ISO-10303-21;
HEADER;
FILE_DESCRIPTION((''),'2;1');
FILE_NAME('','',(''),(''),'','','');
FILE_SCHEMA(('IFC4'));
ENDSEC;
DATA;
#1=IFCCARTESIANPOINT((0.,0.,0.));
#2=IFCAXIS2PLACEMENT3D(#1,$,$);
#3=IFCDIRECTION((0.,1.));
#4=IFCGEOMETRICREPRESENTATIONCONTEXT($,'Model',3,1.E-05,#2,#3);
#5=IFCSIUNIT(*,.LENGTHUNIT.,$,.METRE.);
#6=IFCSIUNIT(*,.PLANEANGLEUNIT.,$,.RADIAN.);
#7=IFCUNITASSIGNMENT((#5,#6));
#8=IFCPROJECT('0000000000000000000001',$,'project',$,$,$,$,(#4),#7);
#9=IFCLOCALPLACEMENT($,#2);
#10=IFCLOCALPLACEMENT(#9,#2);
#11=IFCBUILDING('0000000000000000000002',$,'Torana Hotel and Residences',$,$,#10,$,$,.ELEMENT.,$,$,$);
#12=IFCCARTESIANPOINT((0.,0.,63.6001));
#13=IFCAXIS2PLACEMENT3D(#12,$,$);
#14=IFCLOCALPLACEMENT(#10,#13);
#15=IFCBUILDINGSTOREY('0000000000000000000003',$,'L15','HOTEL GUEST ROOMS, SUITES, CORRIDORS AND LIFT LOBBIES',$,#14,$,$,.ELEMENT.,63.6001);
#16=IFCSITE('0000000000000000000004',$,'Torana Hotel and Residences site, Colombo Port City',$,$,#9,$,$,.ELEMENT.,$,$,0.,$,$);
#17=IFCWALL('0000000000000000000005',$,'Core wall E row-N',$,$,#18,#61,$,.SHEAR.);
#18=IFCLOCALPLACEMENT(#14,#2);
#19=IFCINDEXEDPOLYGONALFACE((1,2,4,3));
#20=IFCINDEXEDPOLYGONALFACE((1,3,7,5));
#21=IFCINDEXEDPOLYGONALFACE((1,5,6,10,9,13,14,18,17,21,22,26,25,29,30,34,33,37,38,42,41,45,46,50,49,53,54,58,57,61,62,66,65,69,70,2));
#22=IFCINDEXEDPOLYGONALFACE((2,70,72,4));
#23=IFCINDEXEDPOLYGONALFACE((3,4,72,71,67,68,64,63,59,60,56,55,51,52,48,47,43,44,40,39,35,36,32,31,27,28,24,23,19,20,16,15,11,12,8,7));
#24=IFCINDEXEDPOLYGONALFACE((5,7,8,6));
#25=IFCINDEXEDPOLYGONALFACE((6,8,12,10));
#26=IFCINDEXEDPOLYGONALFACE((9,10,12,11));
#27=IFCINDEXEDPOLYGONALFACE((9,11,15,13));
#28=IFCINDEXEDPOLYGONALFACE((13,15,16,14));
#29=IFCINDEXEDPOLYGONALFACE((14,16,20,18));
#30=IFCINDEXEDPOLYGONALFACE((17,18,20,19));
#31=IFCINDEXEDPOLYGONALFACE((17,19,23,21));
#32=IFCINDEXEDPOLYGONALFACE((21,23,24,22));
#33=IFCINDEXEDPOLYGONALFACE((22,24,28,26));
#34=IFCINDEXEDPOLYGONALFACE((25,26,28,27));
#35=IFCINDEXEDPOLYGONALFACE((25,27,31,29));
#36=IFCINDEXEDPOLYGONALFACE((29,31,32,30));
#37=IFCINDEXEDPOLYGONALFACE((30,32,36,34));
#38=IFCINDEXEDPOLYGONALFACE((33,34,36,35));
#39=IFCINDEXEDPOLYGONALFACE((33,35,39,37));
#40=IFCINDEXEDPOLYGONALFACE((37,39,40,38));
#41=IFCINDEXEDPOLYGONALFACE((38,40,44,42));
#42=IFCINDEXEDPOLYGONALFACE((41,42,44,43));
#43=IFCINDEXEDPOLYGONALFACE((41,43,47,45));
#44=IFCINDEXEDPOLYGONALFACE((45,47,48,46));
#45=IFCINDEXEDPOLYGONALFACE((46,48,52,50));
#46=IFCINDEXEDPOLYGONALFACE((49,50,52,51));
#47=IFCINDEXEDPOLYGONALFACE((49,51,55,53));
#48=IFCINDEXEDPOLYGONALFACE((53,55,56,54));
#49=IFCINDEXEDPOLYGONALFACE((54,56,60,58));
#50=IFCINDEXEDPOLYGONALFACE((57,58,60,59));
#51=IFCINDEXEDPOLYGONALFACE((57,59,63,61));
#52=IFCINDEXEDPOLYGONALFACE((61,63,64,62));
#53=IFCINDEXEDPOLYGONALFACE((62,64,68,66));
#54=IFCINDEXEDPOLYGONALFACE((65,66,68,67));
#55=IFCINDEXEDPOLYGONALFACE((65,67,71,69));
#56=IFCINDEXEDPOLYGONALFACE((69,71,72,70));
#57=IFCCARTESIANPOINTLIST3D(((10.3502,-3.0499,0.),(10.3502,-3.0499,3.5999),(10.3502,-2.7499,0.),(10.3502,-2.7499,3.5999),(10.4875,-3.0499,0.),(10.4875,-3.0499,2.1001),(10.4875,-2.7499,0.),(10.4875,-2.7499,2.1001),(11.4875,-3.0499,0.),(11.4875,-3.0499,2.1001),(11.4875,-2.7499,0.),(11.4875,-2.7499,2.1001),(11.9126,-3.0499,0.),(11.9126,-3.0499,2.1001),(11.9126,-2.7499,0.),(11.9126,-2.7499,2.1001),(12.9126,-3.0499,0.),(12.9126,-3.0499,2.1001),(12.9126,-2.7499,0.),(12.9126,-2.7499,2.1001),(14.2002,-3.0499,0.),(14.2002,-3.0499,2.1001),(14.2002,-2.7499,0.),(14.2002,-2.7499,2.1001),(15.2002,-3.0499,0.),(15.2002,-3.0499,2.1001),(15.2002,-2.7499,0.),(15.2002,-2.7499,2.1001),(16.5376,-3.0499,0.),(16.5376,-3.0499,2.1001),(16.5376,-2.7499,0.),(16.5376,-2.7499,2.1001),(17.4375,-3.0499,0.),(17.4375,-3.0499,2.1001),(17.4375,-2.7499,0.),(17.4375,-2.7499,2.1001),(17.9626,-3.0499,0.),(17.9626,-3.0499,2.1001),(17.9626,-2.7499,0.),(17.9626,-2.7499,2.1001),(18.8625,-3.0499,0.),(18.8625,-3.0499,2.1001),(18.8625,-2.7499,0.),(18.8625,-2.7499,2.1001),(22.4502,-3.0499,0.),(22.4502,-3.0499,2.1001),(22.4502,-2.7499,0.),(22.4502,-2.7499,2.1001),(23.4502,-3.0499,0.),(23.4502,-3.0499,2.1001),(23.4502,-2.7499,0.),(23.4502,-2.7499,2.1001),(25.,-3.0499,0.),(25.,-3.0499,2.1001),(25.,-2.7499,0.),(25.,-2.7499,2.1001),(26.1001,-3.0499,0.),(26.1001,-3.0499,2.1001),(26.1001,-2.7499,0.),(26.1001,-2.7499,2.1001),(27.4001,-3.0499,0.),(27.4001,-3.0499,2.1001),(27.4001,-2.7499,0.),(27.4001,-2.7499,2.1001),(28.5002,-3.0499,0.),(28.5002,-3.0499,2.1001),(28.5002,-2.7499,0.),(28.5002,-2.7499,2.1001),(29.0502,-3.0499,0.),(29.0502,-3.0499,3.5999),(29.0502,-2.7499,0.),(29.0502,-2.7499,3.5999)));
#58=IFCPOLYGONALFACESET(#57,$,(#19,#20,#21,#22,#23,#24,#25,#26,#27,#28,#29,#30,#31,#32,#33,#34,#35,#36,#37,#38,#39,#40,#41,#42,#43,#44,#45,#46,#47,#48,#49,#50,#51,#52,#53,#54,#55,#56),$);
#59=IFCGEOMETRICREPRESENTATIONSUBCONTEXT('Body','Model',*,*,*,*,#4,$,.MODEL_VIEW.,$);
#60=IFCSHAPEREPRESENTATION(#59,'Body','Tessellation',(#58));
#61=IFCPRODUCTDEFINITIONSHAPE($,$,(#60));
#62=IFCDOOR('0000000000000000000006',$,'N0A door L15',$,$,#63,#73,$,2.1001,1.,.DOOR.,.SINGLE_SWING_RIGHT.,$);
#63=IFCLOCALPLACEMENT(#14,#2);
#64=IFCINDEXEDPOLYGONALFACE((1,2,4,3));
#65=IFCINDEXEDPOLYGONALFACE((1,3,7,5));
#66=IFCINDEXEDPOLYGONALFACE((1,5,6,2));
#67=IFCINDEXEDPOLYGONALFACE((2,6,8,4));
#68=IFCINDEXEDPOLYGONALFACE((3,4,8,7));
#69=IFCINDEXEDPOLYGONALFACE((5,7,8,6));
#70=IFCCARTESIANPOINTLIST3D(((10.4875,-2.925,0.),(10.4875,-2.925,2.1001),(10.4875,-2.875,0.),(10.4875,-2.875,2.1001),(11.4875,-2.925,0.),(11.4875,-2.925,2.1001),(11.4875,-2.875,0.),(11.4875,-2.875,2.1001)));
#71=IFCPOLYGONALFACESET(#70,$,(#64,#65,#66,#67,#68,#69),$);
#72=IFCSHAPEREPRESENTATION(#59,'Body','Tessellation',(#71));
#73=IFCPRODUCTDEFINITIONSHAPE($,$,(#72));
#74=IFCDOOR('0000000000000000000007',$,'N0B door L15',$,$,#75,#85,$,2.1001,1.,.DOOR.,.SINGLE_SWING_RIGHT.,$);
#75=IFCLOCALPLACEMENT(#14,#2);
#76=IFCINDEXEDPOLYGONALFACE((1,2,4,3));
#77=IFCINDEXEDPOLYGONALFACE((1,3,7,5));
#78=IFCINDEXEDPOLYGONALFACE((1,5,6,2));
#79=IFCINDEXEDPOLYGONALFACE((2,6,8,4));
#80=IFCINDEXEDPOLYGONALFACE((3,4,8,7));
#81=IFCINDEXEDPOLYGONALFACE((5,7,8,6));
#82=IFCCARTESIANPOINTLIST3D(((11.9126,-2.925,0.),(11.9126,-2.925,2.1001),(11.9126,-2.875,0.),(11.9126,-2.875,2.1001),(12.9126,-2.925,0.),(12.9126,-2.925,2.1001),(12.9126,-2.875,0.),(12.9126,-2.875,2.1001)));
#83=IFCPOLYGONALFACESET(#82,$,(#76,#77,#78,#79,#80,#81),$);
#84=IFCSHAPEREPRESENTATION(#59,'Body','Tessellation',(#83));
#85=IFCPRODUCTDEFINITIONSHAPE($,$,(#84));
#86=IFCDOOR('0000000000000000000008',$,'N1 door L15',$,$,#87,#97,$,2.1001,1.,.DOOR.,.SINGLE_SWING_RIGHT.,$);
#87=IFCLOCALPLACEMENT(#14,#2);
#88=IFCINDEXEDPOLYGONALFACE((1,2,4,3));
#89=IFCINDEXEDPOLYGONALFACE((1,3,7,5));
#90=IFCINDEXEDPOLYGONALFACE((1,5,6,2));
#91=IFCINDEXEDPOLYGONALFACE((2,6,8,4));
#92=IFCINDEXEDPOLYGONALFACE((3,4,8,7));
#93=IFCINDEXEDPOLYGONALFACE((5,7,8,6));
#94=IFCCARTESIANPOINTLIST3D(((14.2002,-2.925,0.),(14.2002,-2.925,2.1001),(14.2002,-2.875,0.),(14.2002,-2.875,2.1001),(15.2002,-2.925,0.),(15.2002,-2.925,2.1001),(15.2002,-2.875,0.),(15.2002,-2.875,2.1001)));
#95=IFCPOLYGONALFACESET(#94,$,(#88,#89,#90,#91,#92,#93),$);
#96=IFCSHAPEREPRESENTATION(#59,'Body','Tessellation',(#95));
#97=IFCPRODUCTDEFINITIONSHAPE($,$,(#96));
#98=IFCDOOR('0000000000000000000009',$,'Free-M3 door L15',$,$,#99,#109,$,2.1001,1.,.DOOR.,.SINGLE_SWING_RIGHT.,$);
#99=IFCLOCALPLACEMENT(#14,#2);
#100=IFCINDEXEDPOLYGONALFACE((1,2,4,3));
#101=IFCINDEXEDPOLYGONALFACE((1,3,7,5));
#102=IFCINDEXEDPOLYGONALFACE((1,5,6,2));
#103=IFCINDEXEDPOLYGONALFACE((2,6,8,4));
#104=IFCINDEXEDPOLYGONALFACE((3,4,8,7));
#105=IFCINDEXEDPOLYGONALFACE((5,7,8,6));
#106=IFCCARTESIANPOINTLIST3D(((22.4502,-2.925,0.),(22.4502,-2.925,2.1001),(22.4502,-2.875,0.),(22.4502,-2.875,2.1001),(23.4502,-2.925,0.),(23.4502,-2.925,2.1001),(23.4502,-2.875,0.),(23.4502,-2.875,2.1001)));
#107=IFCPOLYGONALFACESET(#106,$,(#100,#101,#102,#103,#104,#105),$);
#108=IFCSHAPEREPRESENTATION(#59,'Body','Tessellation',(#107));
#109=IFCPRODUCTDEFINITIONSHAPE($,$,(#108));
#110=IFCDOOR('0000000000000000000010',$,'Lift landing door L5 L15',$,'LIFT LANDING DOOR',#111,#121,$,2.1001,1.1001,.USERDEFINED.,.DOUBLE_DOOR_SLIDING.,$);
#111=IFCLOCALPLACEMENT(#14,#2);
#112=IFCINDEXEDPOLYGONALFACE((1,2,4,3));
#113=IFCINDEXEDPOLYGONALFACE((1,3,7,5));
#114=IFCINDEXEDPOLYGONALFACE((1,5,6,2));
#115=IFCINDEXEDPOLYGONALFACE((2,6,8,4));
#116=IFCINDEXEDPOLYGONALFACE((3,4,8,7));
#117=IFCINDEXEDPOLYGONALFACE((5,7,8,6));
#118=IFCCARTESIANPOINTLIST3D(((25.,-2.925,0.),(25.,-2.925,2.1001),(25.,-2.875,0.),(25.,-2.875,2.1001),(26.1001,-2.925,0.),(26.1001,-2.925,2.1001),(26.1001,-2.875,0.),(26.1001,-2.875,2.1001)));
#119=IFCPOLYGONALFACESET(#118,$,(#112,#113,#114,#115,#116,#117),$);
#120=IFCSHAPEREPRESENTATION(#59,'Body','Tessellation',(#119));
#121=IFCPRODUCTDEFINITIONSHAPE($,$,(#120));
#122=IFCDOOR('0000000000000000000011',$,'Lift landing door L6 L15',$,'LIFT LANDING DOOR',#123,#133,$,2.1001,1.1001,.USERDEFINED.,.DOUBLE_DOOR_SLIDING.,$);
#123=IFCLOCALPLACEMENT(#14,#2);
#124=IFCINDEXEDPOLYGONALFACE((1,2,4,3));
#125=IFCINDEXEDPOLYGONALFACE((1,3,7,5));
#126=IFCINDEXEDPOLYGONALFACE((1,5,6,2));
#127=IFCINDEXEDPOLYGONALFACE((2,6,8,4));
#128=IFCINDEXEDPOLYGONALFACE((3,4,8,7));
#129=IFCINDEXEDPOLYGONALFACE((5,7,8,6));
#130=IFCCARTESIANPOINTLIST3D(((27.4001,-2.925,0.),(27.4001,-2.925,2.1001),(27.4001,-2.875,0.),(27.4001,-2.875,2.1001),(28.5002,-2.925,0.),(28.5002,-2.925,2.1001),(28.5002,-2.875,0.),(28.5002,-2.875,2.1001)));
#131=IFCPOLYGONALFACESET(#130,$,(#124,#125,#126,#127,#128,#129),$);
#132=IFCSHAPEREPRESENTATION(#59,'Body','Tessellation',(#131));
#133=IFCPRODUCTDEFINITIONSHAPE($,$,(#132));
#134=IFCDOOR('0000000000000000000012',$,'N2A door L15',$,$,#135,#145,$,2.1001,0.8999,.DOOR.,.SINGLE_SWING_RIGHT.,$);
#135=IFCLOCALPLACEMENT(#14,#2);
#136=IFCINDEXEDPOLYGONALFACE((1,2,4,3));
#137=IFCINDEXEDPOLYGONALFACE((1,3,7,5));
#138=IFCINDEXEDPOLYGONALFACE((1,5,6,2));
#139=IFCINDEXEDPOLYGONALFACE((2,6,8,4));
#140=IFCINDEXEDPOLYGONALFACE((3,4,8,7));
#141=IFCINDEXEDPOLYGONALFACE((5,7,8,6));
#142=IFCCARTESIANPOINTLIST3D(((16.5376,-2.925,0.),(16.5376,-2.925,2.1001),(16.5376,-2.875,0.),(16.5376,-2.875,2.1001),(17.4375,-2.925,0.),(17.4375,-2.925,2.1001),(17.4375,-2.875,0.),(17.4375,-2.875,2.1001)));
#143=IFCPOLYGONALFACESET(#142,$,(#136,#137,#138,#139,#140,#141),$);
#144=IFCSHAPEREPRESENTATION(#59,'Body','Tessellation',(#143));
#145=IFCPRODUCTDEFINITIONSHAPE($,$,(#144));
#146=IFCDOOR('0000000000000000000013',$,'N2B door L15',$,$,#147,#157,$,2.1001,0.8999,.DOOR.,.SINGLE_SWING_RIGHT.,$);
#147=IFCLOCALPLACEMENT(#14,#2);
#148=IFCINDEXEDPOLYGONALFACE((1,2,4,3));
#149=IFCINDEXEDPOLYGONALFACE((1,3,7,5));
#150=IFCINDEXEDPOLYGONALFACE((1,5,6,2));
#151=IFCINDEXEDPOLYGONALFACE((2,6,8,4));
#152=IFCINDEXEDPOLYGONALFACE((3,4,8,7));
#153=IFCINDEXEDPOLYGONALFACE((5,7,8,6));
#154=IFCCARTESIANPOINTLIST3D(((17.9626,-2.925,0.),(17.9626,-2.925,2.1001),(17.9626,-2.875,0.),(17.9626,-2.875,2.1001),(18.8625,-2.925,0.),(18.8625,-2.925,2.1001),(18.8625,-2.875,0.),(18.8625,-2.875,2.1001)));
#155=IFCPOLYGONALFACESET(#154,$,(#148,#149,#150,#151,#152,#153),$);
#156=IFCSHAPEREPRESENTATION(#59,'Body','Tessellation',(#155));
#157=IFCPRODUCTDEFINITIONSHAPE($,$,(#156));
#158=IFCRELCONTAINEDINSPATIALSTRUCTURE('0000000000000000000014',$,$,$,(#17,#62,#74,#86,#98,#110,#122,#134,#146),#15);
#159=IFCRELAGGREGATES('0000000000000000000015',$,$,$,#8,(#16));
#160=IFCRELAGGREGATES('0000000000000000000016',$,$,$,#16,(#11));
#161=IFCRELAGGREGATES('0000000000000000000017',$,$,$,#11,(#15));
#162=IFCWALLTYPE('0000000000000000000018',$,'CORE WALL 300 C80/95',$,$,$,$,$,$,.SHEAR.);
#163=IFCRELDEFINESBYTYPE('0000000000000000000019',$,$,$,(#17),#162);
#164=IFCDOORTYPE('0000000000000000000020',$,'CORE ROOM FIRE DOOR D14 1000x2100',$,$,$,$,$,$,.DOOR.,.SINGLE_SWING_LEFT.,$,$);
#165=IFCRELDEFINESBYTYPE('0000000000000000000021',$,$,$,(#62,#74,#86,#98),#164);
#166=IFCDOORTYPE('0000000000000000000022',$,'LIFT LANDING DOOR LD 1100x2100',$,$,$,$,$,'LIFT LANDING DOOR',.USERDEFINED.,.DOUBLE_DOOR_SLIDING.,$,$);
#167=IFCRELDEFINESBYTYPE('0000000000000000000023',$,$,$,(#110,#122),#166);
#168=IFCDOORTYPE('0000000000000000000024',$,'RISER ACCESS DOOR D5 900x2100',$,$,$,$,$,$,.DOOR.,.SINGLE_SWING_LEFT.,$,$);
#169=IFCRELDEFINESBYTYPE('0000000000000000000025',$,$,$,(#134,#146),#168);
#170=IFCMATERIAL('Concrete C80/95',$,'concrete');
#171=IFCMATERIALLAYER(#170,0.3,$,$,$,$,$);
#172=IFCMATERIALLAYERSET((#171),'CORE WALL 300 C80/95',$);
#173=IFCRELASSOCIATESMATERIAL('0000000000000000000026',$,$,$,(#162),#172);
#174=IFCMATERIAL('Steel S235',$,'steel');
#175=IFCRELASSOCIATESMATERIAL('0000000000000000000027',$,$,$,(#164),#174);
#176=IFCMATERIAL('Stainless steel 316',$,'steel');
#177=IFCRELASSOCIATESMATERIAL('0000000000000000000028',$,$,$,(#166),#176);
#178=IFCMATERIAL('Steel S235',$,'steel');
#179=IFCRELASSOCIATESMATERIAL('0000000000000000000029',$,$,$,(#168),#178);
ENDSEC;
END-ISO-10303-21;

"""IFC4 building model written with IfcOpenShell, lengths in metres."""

from ifc_helpers import new_model, si_unit, direction, frame, frame_2d, origin, place, context, subcontext, project, spatial, rectangle, extrude, material, layer, layer_set, type_object, element, fill, save


model = new_model("IFC4")

# Units and contexts
model_context = context("Model", 3, precision=1e-05, world=origin(), true_north=direction((0.0, 1.0)))
body_context = subcontext(model_context, "Body", "Model", "MODEL_VIEW")
ifc_project = project(units=[si_unit("LENGTHUNIT", "METRE"), si_unit("PLANEANGLEUNIT", "RADIAN")], contexts=[model_context])

# Site, building, storey
site_placement = place(None, origin())
site = spatial("IfcSite", under=ifc_project, at=site_placement, Name="Torana Hotel and Residences site, Colombo Port City", CompositionType="ELEMENT", RefElevation=0.0)
building_placement = place(site_placement, origin())
building = spatial("IfcBuilding", under=site, at=building_placement, Name="Torana Hotel and Residences", CompositionType="ELEMENT")
storey_placement = place(building_placement, frame((0.0, 0.0, 63.6001)))
storey = spatial("IfcBuildingStorey", under=building, at=storey_placement, Name="L15", Description="HOTEL GUEST ROOMS, SUITES, CORRIDORS AND LIFT LOBBIES", CompositionType="ELEMENT", Elevation=63.6001)

# Wall, openings, doors
ifc_material_1 = material(Name="Concrete C80/95", Category="concrete")
ifc_layer_1 = layer(ifc_material_1, 0.3)
ifc_layer_set_1 = layer_set([ifc_layer_1], Name="CORE WALL 300 C80/95")
wall_type_1 = type_object("IfcWallType", Name="CORE WALL 300 C80/95", PredefinedType="SHEAR", material=ifc_layer_set_1)
wall_1_placement = place(storey_placement, frame((10.3501, -2.8999, 0.0), z_axis=(0.0, 0.0, 1.0), x_axis=(1.0, 0.0, 0.0)))
wall_1 = element("IfcWall", 1, at=wall_1_placement, inside=storey, type_object=wall_type_1, Name="Core wall E row-N", PredefinedType="SHEAR", context=body_context, shape_type="SweptSolid", body=[
    extrude(rectangle(XDim=18.7, YDim=0.3, at=frame_2d((9.3501, 0.0))), origin(), (0.0, 0.0, 1.0), 3.5999),
])
opening_1_placement = place(wall_1_placement, frame((14.6499, 0.0, 0.0)))
opening_1 = element("IfcOpeningElement", 2, at=opening_1_placement, cuts=wall_1, PredefinedType="OPENING", context=body_context, shape_type="SweptSolid", body=[
    extrude(rectangle(XDim=1.1001, YDim=2.1001, at=frame_2d((0.55, 1.05))), frame((0.0, 0.1599, 0.0), z_axis=(0.0, -1.0, 0.0), x_axis=(1.0, 0.0, 0.0)), (0.0, 0.0, 1.0), 0.3201),
])
opening_2_placement = place(wall_1_placement, frame((17.05, 0.0, 0.0)))
opening_2 = element("IfcOpeningElement", 3, at=opening_2_placement, cuts=wall_1, PredefinedType="OPENING", context=body_context, shape_type="SweptSolid", body=[
    extrude(rectangle(XDim=1.1001, YDim=2.1001, at=frame_2d((0.55, 1.05))), frame((0.0, 0.1599, 0.0), z_axis=(0.0, -1.0, 0.0), x_axis=(1.0, 0.0, 0.0)), (0.0, 0.0, 1.0), 0.3201),
])
opening_3_placement = place(wall_1_placement, frame((6.1875, 0.0, 0.0)))
opening_3 = element("IfcOpeningElement", 4, at=opening_3_placement, cuts=wall_1, PredefinedType="OPENING", context=body_context, shape_type="SweptSolid", body=[
    extrude(rectangle(XDim=0.8999, YDim=2.1001, at=frame_2d((0.45, 1.05))), frame((0.0, 0.1599, 0.0), z_axis=(0.0, -1.0, 0.0), x_axis=(1.0, 0.0, 0.0)), (0.0, 0.0, 1.0), 0.3201),
])
opening_4_placement = place(wall_1_placement, frame((7.6125, 0.0, 0.0)))
opening_4 = element("IfcOpeningElement", 5, at=opening_4_placement, cuts=wall_1, PredefinedType="OPENING", context=body_context, shape_type="SweptSolid", body=[
    extrude(rectangle(XDim=0.8999, YDim=2.1001, at=frame_2d((0.45, 1.05))), frame((0.0, 0.1599, 0.0), z_axis=(0.0, -1.0, 0.0), x_axis=(1.0, 0.0, 0.0)), (0.0, 0.0, 1.0), 0.3201),
])
opening_5_placement = place(wall_1_placement, frame((0.1375, 0.0, 0.0)))
opening_5 = element("IfcOpeningElement", 6, at=opening_5_placement, cuts=wall_1, PredefinedType="OPENING", context=body_context, shape_type="SweptSolid", body=[
    extrude(rectangle(XDim=1.0, YDim=2.1001, at=frame_2d((0.5, 1.05))), frame((0.0, 0.1599, 0.0), z_axis=(0.0, -1.0, 0.0), x_axis=(1.0, 0.0, 0.0)), (0.0, 0.0, 1.0), 0.3201),
])
opening_6_placement = place(wall_1_placement, frame((1.5625, 0.0, 0.0)))
opening_6 = element("IfcOpeningElement", 7, at=opening_6_placement, cuts=wall_1, PredefinedType="OPENING", context=body_context, shape_type="SweptSolid", body=[
    extrude(rectangle(XDim=1.0, YDim=2.1001, at=frame_2d((0.5, 1.05))), frame((0.0, 0.1599, 0.0), z_axis=(0.0, -1.0, 0.0), x_axis=(1.0, 0.0, 0.0)), (0.0, 0.0, 1.0), 0.3201),
])
opening_7_placement = place(wall_1_placement, frame((3.8501, 0.0, 0.0)))
opening_7 = element("IfcOpeningElement", 8, at=opening_7_placement, cuts=wall_1, PredefinedType="OPENING", context=body_context, shape_type="SweptSolid", body=[
    extrude(rectangle(XDim=1.0, YDim=2.1001, at=frame_2d((0.5, 1.05))), frame((0.0, 0.1599, 0.0), z_axis=(0.0, -1.0, 0.0), x_axis=(1.0, 0.0, 0.0)), (0.0, 0.0, 1.0), 0.3201),
])
opening_8_placement = place(wall_1_placement, frame((12.1001, 0.0, 0.0)))
opening_8 = element("IfcOpeningElement", 9, at=opening_8_placement, cuts=wall_1, PredefinedType="OPENING", context=body_context, shape_type="SweptSolid", body=[
    extrude(rectangle(XDim=1.0, YDim=2.1001, at=frame_2d((0.5, 1.05))), frame((0.0, 0.1599, 0.0), z_axis=(0.0, -1.0, 0.0), x_axis=(1.0, 0.0, 0.0)), (0.0, 0.0, 1.0), 0.3201),
])
ifc_material_2 = material(Name="Steel S235", Category="steel")
door_type_1 = type_object("IfcDoorType", Name="CORE ROOM FIRE DOOR D14 1000x2100", OperationType="SINGLE_SWING_LEFT", PredefinedType="DOOR", material=ifc_material_2)
door_1_placement = place(opening_5_placement, origin())
door_1 = element("IfcDoor", 10, at=door_1_placement, inside=storey, type_object=door_type_1, Name="N0A door L15", OperationType="SINGLE_SWING_RIGHT", OverallHeight=2.1001, OverallWidth=1.0, PredefinedType="DOOR", context=body_context, shape_type="SweptSolid", body=[
    extrude(rectangle(XDim=1.0, YDim=2.1001, at=frame_2d((0.5, 1.05))), frame((0.0, 0.0249, 0.0), z_axis=(0.0, -1.0, 0.0), x_axis=(1.0, 0.0, 0.0)), (0.0, 0.0, 1.0), 0.05),
])
fill(opening_5, door_1)
door_2_placement = place(opening_6_placement, origin())
door_2 = element("IfcDoor", 11, at=door_2_placement, inside=storey, type_object=door_type_1, Name="N0B door L15", OperationType="SINGLE_SWING_RIGHT", OverallHeight=2.1001, OverallWidth=1.0, PredefinedType="DOOR", context=body_context, shape_type="SweptSolid", body=[
    extrude(rectangle(XDim=1.0, YDim=2.1001, at=frame_2d((0.5, 1.05))), frame((0.0, 0.0249, 0.0), z_axis=(0.0, -1.0, 0.0), x_axis=(1.0, 0.0, 0.0)), (0.0, 0.0, 1.0), 0.05),
])
fill(opening_6, door_2)
door_3_placement = place(opening_7_placement, origin())
door_3 = element("IfcDoor", 12, at=door_3_placement, inside=storey, type_object=door_type_1, Name="N1 door L15", OperationType="SINGLE_SWING_RIGHT", OverallHeight=2.1001, OverallWidth=1.0, PredefinedType="DOOR", context=body_context, shape_type="SweptSolid", body=[
    extrude(rectangle(XDim=1.0, YDim=2.1001, at=frame_2d((0.5, 1.05))), frame((0.0, 0.0249, 0.0), z_axis=(0.0, -1.0, 0.0), x_axis=(1.0, 0.0, 0.0)), (0.0, 0.0, 1.0), 0.05),
])
fill(opening_7, door_3)
door_4_placement = place(opening_8_placement, origin())
door_4 = element("IfcDoor", 13, at=door_4_placement, inside=storey, type_object=door_type_1, Name="Free-M3 door L15", OperationType="SINGLE_SWING_RIGHT", OverallHeight=2.1001, OverallWidth=1.0, PredefinedType="DOOR", context=body_context, shape_type="SweptSolid", body=[
    extrude(rectangle(XDim=1.0, YDim=2.1001, at=frame_2d((0.5, 1.05))), frame((0.0, 0.0249, 0.0), z_axis=(0.0, -1.0, 0.0), x_axis=(1.0, 0.0, 0.0)), (0.0, 0.0, 1.0), 0.05),
])
fill(opening_8, door_4)
ifc_material_3 = material(Name="Stainless steel 316", Category="steel")
door_type_2 = type_object("IfcDoorType", Name="LIFT LANDING DOOR LD 1100x2100", ElementType="LIFT LANDING DOOR", OperationType="DOUBLE_DOOR_SLIDING", PredefinedType="USERDEFINED", material=ifc_material_3)
door_5_placement = place(opening_1_placement, origin())
door_5 = element("IfcDoor", 14, at=door_5_placement, inside=storey, type_object=door_type_2, Name="Lift landing door L5 L15", ObjectType="LIFT LANDING DOOR", OperationType="DOUBLE_DOOR_SLIDING", OverallHeight=2.1001, OverallWidth=1.1001, PredefinedType="USERDEFINED", context=body_context, shape_type="SweptSolid", body=[
    extrude(rectangle(XDim=1.1001, YDim=2.1001, at=frame_2d((0.55, 1.05))), frame((0.0, 0.0249, 0.0), z_axis=(0.0, -1.0, 0.0), x_axis=(1.0, 0.0, 0.0)), (0.0, 0.0, 1.0), 0.05),
])
fill(opening_1, door_5)
door_6_placement = place(opening_2_placement, origin())
door_6 = element("IfcDoor", 15, at=door_6_placement, inside=storey, type_object=door_type_2, Name="Lift landing door L6 L15", ObjectType="LIFT LANDING DOOR", OperationType="DOUBLE_DOOR_SLIDING", OverallHeight=2.1001, OverallWidth=1.1001, PredefinedType="USERDEFINED", context=body_context, shape_type="SweptSolid", body=[
    extrude(rectangle(XDim=1.1001, YDim=2.1001, at=frame_2d((0.55, 1.05))), frame((0.0, 0.0249, 0.0), z_axis=(0.0, -1.0, 0.0), x_axis=(1.0, 0.0, 0.0)), (0.0, 0.0, 1.0), 0.05),
])
fill(opening_2, door_6)
ifc_material_4 = material(Name="Steel S235", Category="steel")
door_type_3 = type_object("IfcDoorType", Name="RISER ACCESS DOOR D5 900x2100", OperationType="SINGLE_SWING_LEFT", PredefinedType="DOOR", material=ifc_material_4)
door_7_placement = place(opening_3_placement, origin())
door_7 = element("IfcDoor", 16, at=door_7_placement, inside=storey, type_object=door_type_3, Name="N2A door L15", OperationType="SINGLE_SWING_RIGHT", OverallHeight=2.1001, OverallWidth=0.8999, PredefinedType="DOOR", context=body_context, shape_type="SweptSolid", body=[
    extrude(rectangle(XDim=0.8999, YDim=2.1001, at=frame_2d((0.45, 1.05))), frame((0.0, 0.0249, 0.0), z_axis=(0.0, -1.0, 0.0), x_axis=(1.0, 0.0, 0.0)), (0.0, 0.0, 1.0), 0.05),
])
fill(opening_3, door_7)
door_8_placement = place(opening_4_placement, origin())
door_8 = element("IfcDoor", 17, at=door_8_placement, inside=storey, type_object=door_type_3, Name="N2B door L15", OperationType="SINGLE_SWING_RIGHT", OverallHeight=2.1001, OverallWidth=0.8999, PredefinedType="DOOR", context=body_context, shape_type="SweptSolid", body=[
    extrude(rectangle(XDim=0.8999, YDim=2.1001, at=frame_2d((0.45, 1.05))), frame((0.0, 0.0249, 0.0), z_axis=(0.0, -1.0, 0.0), x_axis=(1.0, 0.0, 0.0)), (0.0, 0.0, 1.0), 0.05),
])
fill(opening_4, door_8)

save(model, "model.ifc")
